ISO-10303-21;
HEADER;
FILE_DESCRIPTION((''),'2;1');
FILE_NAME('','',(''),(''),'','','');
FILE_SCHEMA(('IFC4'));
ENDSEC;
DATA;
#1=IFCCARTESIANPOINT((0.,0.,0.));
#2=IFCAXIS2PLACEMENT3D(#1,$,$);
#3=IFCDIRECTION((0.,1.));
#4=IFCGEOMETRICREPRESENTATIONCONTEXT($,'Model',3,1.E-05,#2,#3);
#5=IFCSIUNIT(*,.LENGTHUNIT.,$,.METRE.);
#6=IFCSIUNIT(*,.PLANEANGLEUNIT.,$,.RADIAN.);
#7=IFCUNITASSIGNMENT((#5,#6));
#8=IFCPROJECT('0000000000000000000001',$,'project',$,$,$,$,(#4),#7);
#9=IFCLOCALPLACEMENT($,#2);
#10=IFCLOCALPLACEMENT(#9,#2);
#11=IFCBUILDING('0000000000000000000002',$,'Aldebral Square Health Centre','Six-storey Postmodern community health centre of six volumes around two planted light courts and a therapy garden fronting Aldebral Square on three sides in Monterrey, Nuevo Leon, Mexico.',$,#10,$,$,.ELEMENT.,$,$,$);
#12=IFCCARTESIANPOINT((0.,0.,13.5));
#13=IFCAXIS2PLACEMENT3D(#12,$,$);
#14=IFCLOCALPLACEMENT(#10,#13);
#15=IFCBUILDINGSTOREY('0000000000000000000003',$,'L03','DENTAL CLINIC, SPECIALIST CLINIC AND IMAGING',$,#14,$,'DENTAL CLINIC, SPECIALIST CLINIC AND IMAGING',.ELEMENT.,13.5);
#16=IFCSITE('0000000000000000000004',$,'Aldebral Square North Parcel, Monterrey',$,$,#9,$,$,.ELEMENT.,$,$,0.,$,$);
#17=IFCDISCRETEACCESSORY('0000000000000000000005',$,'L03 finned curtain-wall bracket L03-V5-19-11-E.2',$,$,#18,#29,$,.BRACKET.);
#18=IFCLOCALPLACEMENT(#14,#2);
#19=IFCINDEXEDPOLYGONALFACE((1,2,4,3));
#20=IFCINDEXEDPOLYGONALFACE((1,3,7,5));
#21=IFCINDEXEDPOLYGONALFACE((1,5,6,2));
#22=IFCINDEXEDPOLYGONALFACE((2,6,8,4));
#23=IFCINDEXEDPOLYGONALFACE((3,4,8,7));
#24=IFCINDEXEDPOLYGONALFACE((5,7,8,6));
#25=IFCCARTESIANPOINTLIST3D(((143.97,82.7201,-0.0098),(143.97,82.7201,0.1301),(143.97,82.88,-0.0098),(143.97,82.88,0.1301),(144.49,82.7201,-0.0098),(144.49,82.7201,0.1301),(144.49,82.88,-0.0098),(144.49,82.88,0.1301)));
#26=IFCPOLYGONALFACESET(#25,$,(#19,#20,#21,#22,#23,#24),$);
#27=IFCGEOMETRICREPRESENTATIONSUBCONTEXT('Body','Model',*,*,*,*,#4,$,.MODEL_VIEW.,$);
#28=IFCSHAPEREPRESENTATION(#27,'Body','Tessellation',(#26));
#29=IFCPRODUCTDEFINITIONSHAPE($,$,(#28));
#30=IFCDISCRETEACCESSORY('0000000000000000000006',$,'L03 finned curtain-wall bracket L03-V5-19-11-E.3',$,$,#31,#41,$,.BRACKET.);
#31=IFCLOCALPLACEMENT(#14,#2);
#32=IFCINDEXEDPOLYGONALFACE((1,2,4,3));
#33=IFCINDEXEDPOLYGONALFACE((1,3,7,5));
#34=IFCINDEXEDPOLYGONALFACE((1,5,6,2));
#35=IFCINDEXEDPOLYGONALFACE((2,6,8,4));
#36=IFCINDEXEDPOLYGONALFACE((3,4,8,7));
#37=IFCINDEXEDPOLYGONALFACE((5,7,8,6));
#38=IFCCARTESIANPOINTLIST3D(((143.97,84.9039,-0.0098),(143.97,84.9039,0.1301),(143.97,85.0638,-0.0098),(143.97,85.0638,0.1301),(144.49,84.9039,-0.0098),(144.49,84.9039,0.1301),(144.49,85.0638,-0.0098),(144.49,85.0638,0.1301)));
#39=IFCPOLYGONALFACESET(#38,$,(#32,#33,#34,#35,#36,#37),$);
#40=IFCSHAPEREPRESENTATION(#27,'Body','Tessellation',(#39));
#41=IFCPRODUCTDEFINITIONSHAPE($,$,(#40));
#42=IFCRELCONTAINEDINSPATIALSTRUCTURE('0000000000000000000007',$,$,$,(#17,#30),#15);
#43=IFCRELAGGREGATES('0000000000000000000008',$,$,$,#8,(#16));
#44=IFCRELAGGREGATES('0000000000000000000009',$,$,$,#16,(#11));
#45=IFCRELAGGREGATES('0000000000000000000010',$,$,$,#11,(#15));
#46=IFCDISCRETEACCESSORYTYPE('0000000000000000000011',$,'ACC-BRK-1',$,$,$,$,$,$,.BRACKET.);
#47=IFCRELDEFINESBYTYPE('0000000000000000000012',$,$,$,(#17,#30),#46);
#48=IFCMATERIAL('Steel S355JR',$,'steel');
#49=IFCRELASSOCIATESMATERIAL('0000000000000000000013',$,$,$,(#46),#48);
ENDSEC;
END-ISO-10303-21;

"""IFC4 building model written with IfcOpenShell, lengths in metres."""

from ifc_helpers import new_model, si_unit, direction, frame, origin, origin_2d, place, context, subcontext, project, spatial, rectangle, extrude, material, type_object, element, save


model = new_model("IFC4")

# Units and contexts
model_context = context("Model", 3, precision=1e-05, world=origin(), true_north=direction((0.0, 1.0)))
body_context = subcontext(model_context, "Body", "Model", "MODEL_VIEW")
ifc_project = project(units=[si_unit("LENGTHUNIT", "METRE"), si_unit("PLANEANGLEUNIT", "RADIAN")], contexts=[model_context])

# Site, building, storey
site_placement = place(None, origin())
site = spatial("IfcSite", under=ifc_project, at=site_placement, Name="Aldebral Square North Parcel, Monterrey", CompositionType="ELEMENT", RefElevation=0.0)
building_placement = place(site_placement, origin())
building = spatial("IfcBuilding", under=site, at=building_placement, Name="Aldebral Square Health Centre", Description="Six-storey Postmodern community health centre of six volumes around two planted light courts and a therapy garden fronting Aldebral Square on three sides in Monterrey, Nuevo Leon, Mexico.", CompositionType="ELEMENT")
storey_placement = place(building_placement, frame((0.0, 0.0, 13.5)))
storey = spatial("IfcBuildingStorey", under=building, at=storey_placement, Name="L03", Description="DENTAL CLINIC, SPECIALIST CLINIC AND IMAGING", LongName="DENTAL CLINIC, SPECIALIST CLINIC AND IMAGING", CompositionType="ELEMENT", Elevation=13.5)

# Discrete accessories
ifc_material_1 = material(Name="Steel S355JR", Category="steel")
discrete_accessory_type = type_object("IfcDiscreteAccessoryType", Name="ACC-BRK-1", PredefinedType="BRACKET", material=ifc_material_1)
for number, where, z_axis, x_axis, name in (
    (1, (144.23, 82.8, -0.0098), (0.0, 0.0, 1.0), (0.0, 1.0, 0.0), "L03 finned curtain-wall bracket L03-V5-19-11-E.2"),
    (2, (144.23, 84.9839, -0.0098), (0.0, 0.0, 1.0), (0.0, 1.0, 0.0), "L03 finned curtain-wall bracket L03-V5-19-11-E.3"),
):
    element("IfcDiscreteAccessory", number, at=place(storey_placement, frame(where, z_axis=z_axis, x_axis=x_axis)), inside=storey, type_object=discrete_accessory_type, Name=name, PredefinedType="BRACKET", context=body_context, shape_type="SweptSolid", body=[
        extrude(rectangle(XDim=0.1599, YDim=0.52, at=origin_2d()), origin(), (0.0, 0.0, 1.0), 0.1399),
    ])

save(model, "model.ifc")
